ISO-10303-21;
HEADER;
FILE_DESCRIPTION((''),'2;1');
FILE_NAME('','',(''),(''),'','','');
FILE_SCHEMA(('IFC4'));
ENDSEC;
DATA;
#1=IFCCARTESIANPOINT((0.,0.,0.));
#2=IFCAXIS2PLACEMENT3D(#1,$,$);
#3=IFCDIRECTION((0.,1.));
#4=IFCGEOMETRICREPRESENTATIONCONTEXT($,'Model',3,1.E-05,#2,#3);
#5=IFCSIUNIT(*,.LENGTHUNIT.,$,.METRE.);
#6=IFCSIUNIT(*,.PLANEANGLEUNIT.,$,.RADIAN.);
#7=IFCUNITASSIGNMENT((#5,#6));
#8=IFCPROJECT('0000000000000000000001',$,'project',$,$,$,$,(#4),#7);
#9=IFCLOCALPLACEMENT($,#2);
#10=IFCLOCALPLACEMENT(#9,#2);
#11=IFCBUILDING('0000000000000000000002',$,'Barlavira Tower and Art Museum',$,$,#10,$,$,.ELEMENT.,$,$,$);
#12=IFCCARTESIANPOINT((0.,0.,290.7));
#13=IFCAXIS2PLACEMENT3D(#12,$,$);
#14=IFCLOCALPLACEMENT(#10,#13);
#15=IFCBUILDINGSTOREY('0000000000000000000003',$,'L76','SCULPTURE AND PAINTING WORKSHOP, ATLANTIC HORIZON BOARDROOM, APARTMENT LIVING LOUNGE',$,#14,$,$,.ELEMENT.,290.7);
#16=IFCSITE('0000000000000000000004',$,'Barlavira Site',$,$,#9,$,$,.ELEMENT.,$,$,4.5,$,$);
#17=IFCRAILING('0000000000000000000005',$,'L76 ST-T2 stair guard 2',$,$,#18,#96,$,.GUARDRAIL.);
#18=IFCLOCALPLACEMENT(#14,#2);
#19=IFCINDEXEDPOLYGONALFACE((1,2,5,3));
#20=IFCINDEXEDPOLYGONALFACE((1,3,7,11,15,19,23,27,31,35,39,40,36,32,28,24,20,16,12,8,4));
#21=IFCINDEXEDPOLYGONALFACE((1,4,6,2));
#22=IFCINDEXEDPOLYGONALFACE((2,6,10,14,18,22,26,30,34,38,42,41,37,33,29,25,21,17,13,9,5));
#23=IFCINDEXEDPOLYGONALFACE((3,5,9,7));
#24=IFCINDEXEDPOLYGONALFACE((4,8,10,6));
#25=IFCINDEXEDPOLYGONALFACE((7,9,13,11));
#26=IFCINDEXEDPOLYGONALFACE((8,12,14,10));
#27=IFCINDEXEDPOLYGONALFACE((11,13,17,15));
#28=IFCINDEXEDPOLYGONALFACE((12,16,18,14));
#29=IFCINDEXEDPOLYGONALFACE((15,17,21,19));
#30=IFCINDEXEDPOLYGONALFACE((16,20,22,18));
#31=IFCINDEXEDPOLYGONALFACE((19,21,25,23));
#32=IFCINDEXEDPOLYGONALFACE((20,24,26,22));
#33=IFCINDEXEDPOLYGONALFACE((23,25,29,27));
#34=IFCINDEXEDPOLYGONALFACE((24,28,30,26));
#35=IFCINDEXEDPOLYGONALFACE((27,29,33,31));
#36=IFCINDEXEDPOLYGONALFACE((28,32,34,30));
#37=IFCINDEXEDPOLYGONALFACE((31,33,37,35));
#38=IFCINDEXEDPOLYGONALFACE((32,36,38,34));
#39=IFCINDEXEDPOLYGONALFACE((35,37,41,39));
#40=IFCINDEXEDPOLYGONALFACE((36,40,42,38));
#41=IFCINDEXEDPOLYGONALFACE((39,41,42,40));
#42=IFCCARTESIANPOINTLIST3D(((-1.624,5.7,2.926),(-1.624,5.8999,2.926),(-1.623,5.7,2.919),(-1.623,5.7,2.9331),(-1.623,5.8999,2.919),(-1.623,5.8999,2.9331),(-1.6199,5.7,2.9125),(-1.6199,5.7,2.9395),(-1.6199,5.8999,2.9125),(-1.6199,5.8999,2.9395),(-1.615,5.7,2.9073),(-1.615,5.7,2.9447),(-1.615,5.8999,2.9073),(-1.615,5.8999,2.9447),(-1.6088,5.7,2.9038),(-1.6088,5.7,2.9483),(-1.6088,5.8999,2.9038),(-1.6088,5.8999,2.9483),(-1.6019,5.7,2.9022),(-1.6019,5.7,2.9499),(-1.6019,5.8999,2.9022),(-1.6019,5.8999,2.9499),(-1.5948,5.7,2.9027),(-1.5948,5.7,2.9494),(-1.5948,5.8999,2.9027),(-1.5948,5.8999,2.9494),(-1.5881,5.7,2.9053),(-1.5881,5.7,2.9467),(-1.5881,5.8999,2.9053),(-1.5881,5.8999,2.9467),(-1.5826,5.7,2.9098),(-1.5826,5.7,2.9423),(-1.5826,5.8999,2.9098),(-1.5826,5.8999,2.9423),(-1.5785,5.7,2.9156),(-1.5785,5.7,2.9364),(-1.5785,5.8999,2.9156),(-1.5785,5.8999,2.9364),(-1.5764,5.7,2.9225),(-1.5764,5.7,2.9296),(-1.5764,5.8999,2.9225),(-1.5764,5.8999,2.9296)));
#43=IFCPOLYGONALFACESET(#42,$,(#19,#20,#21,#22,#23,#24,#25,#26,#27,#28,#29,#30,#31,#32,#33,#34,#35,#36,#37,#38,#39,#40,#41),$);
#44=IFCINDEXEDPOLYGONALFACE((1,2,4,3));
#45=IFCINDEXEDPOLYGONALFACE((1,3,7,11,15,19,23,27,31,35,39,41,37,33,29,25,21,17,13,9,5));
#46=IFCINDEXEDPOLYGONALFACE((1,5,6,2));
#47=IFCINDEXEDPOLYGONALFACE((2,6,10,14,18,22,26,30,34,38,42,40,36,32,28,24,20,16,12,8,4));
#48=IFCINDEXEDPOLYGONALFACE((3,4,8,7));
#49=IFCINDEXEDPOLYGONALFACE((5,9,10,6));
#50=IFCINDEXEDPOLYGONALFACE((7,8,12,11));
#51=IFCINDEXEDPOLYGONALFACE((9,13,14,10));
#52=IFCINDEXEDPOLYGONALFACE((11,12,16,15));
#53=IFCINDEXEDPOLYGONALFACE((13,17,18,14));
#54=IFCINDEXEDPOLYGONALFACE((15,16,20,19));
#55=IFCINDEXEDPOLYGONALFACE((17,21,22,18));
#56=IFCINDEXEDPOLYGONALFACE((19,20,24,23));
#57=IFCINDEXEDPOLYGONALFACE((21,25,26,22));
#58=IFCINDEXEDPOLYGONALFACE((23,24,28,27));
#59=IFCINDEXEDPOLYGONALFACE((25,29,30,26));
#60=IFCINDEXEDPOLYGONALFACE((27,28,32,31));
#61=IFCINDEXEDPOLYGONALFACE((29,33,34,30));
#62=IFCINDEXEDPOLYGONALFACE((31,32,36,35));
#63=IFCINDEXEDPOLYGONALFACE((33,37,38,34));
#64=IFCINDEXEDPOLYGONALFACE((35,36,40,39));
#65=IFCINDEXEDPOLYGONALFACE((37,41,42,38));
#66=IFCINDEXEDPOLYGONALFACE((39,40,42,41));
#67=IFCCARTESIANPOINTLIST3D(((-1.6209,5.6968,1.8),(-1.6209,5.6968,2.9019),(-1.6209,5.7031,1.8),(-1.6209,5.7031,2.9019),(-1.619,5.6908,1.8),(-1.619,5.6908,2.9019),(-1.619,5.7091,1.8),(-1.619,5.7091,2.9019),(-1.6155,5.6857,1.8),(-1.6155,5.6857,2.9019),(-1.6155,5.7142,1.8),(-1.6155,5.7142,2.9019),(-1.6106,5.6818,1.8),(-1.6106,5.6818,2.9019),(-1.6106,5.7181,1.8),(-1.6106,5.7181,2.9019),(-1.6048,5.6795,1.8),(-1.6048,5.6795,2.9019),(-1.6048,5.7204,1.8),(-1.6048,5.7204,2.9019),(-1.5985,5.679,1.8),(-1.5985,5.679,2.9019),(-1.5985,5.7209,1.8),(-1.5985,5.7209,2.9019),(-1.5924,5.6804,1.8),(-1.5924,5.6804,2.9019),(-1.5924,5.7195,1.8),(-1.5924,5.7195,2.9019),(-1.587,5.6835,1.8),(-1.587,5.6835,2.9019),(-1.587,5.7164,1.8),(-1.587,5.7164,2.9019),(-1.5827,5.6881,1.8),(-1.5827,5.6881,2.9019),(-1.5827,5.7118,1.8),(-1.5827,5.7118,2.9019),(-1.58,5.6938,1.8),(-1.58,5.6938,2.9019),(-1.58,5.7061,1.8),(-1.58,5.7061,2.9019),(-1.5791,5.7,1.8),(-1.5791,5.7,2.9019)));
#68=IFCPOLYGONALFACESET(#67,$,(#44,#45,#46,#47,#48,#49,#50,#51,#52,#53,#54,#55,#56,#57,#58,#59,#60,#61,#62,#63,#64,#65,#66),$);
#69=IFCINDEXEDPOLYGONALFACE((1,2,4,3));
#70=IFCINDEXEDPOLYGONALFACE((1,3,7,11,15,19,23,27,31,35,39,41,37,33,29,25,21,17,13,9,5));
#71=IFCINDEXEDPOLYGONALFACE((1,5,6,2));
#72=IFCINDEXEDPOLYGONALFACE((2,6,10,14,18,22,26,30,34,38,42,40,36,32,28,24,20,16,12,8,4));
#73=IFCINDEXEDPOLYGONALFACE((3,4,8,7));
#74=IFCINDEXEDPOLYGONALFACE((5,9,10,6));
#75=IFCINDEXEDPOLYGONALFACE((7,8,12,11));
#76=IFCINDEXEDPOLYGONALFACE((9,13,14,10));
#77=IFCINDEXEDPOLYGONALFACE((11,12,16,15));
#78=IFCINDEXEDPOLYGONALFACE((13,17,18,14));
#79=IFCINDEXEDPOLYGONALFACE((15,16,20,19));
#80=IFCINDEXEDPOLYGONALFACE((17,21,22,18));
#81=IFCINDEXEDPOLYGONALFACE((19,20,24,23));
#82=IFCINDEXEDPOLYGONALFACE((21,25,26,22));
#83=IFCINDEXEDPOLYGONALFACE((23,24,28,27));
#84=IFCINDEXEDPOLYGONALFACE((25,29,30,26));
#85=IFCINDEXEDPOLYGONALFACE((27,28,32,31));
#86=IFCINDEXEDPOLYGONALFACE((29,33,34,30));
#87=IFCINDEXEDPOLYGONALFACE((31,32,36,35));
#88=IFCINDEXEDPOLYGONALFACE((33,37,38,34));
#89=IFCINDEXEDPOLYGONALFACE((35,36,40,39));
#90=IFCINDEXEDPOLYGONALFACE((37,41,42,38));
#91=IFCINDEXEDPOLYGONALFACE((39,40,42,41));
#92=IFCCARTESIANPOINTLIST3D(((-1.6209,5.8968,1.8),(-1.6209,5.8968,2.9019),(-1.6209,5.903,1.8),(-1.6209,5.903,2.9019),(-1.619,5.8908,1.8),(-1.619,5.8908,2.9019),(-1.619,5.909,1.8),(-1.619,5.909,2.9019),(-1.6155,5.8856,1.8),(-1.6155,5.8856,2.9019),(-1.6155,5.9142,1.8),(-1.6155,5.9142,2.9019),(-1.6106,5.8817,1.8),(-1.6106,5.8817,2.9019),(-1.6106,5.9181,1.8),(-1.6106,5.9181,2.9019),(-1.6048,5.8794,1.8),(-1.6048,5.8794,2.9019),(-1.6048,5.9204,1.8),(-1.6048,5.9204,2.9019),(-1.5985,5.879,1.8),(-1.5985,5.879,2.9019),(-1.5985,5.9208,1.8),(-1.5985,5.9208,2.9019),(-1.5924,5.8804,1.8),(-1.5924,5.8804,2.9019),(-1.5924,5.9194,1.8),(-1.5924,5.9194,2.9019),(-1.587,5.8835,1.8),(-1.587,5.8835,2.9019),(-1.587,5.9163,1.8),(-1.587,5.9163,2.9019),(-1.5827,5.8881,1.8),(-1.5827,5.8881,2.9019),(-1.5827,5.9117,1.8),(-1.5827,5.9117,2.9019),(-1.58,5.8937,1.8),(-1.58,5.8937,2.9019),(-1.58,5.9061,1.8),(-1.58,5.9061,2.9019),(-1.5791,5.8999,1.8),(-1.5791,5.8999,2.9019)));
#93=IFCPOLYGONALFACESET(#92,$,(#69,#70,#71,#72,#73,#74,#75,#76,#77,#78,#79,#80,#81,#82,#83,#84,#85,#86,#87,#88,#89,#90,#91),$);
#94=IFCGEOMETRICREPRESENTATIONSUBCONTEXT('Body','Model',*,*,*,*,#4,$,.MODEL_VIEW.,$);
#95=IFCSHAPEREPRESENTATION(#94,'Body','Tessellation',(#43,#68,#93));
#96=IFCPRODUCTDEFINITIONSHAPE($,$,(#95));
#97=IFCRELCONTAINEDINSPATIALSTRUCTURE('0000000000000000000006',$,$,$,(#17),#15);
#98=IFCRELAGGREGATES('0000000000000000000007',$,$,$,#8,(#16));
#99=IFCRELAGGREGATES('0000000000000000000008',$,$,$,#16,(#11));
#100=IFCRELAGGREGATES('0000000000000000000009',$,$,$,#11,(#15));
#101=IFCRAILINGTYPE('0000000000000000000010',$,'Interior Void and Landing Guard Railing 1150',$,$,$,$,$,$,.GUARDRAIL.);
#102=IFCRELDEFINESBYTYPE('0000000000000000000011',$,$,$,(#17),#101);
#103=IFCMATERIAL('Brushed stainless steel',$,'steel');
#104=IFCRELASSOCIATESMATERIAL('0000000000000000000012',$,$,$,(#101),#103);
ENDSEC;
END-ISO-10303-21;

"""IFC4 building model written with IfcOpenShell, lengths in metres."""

from ifc_helpers import new_model, si_unit, direction, frame, origin, origin_2d, place, context, subcontext, project, spatial, circle, extrude, material, type_object, element, save


model = new_model("IFC4")

# Units and contexts
model_context = context("Model", 3, precision=1e-05, world=origin(), true_north=direction((0.0, 1.0)))
body_context = subcontext(model_context, "Body", "Model", "MODEL_VIEW")
ifc_project = project(units=[si_unit("LENGTHUNIT", "METRE"), si_unit("PLANEANGLEUNIT", "RADIAN")], contexts=[model_context])

# Site, building, storey
site_placement = place(None, origin())
site = spatial("IfcSite", under=ifc_project, at=site_placement, Name="Barlavira Site", CompositionType="ELEMENT", RefElevation=4.5)
building_placement = place(site_placement, origin())
building = spatial("IfcBuilding", under=site, at=building_placement, Name="Barlavira Tower and Art Museum", CompositionType="ELEMENT")
storey_placement = place(building_placement, frame((0.0, 0.0, 290.7)))
storey = spatial("IfcBuildingStorey", under=building, at=storey_placement, Name="L76", Description="SCULPTURE AND PAINTING WORKSHOP, ATLANTIC HORIZON BOARDROOM, APARTMENT LIVING LOUNGE", CompositionType="ELEMENT", Elevation=290.7)

# Shared definitions
ifc_material_1 = material(Name="Brushed stainless steel", Category="steel")

# Railing
railing_type_1 = type_object("IfcRailingType", Name="Interior Void and Landing Guard Railing 1150", PredefinedType="GUARDRAIL", material=ifc_material_1)
railing_1_placement = place(storey_placement, frame((-1.6001, 5.7, 1.8)))
element("IfcRailing", 1, at=railing_1_placement, inside=storey, type_object=railing_type_1, Name="L76 ST-T2 stair guard 2", PredefinedType="GUARDRAIL", context=body_context, shape_type="SweptSolid", body=[
    extrude(circle(Radius=0.0239, at=origin_2d()), frame((0.0, 0.0, 1.126), z_axis=(0.0, 1.0, 0.0), x_axis=(-1.0, 0.0, 0.0)), (0.0, 0.0, 1.0), 0.2),
    extrude(circle(Radius=0.021, at=origin_2d()), origin(), (0.0, 0.0, 1.0), 1.1018),
    extrude(circle(Radius=0.021, at=origin_2d()), frame((0.0, 0.2, 0.0)), (0.0, 0.0, 1.0), 1.1018),
])

save(model, "model.ifc")
